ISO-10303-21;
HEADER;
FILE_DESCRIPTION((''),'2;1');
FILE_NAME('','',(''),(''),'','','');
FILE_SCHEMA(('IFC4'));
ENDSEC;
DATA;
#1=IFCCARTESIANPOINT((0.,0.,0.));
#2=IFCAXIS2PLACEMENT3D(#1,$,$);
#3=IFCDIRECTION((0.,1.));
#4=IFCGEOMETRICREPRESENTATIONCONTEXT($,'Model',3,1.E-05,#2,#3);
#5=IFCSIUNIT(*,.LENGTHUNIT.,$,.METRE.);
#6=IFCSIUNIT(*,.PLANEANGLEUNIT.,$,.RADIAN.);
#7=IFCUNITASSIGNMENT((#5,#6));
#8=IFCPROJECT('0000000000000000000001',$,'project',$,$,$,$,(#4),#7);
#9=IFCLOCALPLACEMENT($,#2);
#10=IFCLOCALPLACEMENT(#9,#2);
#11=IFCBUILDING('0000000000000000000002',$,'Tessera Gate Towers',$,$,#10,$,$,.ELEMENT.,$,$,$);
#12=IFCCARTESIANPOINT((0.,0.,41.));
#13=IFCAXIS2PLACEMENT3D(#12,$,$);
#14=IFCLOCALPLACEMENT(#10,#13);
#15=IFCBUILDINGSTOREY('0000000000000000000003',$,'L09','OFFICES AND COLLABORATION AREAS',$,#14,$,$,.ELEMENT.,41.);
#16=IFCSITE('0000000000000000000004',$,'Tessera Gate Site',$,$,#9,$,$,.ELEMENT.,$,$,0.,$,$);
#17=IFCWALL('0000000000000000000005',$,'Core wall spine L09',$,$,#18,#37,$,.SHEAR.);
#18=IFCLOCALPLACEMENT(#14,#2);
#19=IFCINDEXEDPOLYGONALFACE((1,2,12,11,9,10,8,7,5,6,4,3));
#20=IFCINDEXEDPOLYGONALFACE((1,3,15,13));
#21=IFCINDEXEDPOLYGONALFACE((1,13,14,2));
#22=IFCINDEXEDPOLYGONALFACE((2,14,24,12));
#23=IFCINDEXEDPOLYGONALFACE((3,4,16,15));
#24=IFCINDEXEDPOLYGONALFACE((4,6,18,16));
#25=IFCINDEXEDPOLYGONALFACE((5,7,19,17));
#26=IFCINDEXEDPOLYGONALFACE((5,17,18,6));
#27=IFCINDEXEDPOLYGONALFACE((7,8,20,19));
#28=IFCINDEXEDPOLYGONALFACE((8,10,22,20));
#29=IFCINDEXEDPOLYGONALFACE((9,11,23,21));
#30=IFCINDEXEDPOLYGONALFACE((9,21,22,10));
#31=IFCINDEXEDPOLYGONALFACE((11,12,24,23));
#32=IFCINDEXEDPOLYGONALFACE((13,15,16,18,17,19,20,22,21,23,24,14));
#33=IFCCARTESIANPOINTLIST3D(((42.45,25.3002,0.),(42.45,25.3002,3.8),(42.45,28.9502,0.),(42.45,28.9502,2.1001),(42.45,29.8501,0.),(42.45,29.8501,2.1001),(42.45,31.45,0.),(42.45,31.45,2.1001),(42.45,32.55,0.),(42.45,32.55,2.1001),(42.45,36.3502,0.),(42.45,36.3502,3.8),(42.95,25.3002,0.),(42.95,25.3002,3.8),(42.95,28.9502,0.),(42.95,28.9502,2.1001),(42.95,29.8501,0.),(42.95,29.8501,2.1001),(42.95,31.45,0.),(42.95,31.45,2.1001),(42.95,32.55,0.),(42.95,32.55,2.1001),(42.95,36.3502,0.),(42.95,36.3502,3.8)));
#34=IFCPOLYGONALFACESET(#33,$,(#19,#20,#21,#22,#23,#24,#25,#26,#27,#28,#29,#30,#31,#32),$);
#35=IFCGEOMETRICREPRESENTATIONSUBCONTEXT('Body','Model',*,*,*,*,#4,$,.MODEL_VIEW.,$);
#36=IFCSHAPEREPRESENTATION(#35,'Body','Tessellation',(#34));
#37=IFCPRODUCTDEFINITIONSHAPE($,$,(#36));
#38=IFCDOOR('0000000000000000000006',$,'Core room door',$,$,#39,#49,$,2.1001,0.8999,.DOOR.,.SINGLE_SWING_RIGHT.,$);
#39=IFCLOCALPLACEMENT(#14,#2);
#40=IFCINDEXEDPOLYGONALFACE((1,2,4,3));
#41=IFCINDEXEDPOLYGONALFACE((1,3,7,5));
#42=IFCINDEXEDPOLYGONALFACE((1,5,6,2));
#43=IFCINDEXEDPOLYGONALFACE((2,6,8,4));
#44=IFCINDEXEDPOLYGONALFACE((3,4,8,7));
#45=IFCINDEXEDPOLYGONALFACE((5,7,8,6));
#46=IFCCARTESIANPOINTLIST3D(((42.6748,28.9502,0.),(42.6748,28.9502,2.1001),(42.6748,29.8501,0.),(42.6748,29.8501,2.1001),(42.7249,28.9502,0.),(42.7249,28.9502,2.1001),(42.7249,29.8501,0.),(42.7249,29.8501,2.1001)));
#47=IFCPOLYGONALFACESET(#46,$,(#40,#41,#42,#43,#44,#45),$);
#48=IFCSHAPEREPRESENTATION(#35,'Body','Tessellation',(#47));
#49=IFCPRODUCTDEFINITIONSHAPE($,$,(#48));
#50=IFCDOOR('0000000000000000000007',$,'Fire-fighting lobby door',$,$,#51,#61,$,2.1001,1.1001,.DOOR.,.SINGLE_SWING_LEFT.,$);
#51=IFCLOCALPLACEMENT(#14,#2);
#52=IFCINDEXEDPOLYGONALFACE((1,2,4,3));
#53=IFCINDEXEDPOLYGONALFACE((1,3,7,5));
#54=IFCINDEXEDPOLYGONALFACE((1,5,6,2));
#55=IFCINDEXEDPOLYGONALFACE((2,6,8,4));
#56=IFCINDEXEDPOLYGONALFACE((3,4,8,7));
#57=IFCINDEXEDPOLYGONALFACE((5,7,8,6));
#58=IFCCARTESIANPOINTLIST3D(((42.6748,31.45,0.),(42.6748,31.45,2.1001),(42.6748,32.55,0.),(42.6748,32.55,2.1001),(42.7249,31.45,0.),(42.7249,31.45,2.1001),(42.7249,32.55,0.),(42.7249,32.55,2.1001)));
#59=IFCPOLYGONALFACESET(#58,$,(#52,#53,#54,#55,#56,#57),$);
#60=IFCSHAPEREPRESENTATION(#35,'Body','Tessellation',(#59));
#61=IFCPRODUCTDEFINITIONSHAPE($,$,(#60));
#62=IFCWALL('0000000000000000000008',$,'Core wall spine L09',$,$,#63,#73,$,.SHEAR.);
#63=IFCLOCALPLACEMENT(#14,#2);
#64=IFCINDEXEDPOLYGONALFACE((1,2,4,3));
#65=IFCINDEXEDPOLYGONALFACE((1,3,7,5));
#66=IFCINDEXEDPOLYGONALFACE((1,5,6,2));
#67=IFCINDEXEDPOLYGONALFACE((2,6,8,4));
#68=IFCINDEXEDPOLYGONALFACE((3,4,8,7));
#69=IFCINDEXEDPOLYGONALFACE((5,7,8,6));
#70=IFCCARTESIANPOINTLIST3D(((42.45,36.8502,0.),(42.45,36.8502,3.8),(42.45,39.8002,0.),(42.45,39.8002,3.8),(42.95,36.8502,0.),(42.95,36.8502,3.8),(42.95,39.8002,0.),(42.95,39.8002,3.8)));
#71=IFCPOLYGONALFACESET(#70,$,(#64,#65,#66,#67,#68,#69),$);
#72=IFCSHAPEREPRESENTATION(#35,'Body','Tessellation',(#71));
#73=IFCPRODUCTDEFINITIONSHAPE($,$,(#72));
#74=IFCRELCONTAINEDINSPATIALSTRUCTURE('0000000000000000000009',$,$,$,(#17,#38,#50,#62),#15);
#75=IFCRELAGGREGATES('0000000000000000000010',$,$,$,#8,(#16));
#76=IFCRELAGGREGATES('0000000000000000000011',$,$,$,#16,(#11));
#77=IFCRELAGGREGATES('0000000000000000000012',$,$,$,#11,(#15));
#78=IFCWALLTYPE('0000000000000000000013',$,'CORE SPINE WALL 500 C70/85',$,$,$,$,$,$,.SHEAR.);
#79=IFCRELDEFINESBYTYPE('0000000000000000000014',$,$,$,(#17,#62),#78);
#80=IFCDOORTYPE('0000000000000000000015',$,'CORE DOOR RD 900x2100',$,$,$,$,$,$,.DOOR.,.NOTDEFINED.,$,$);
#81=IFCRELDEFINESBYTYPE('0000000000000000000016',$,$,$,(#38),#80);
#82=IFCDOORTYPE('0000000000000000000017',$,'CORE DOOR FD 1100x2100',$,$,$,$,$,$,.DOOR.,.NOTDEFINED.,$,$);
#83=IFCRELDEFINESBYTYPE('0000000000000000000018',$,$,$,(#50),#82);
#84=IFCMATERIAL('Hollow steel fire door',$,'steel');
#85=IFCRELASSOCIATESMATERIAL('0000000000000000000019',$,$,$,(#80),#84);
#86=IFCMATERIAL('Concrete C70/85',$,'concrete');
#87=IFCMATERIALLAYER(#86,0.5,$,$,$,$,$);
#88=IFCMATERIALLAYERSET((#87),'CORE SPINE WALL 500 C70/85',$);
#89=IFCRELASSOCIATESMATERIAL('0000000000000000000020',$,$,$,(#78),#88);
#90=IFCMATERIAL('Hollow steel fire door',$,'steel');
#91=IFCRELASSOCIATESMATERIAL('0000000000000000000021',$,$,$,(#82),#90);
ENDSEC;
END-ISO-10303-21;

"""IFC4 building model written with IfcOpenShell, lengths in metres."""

from ifc_helpers import new_model, si_unit, direction, frame, frame_2d, origin, place, context, subcontext, project, spatial, rectangle, extrude, source, transform, mapped, material, layer, layer_set, type_object, element, fill, save


model = new_model("IFC4")

# Units and contexts
model_context = context("Model", 3, precision=1e-05, world=origin(), true_north=direction((0.0, 1.0)))
body_context = subcontext(model_context, "Body", "Model", "MODEL_VIEW")
ifc_project = project(units=[si_unit("LENGTHUNIT", "METRE"), si_unit("PLANEANGLEUNIT", "RADIAN")], contexts=[model_context])

# Site, building, storey
site_placement = place(None, origin())
site = spatial("IfcSite", under=ifc_project, at=site_placement, Name="Tessera Gate Site", CompositionType="ELEMENT", RefElevation=0.0)
building_placement = place(site_placement, origin())
building = spatial("IfcBuilding", under=site, at=building_placement, Name="Tessera Gate Towers", CompositionType="ELEMENT")
storey_placement = place(building_placement, frame((0.0, 0.0, 41.0)))
storey = spatial("IfcBuildingStorey", under=building, at=storey_placement, Name="L09", Description="OFFICES AND COLLABORATION AREAS", CompositionType="ELEMENT", Elevation=41.0)

# Shared definitions
shared_shape_1 = source(origin(), body_context, "Body", "SweptSolid", [
    extrude(rectangle(XDim=1.1001, YDim=2.1001, at=frame_2d((0.55, 1.05))), frame((0.0, 0.0249, 0.0), z_axis=(0.0, -1.0, 0.0), x_axis=(1.0, 0.0, 0.0)), (0.0, 0.0, 1.0), 0.05),
])

# Wall, openings, doors
ifc_material_1 = material(Name="Hollow steel fire door", Category="steel")
door_type_1 = type_object("IfcDoorType", Name="CORE DOOR RD 900x2100", OperationType="NOTDEFINED", PredefinedType="DOOR", material=ifc_material_1)
shared_shape_2 = source(origin(), body_context, "Body", "SweptSolid", [
    extrude(rectangle(XDim=0.8999, YDim=2.1001, at=frame_2d((0.45, 1.05))), frame((0.0, 0.0249, 0.0), z_axis=(0.0, -1.0, 0.0), x_axis=(1.0, 0.0, 0.0)), (0.0, 0.0, 1.0), 0.05),
])
ifc_material_2 = material(Name="Concrete C70/85", Category="concrete")
ifc_layer_1 = layer(ifc_material_2, 0.5)
ifc_layer_set_1 = layer_set([ifc_layer_1], Name="CORE SPINE WALL 500 C70/85")
wall_type_1 = type_object("IfcWallType", Name="CORE SPINE WALL 500 C70/85", PredefinedType="SHEAR", material=ifc_layer_set_1)
wall_1_placement = place(storey_placement, frame((42.7, 36.3501, 0.0), z_axis=(0.0, 0.0, 1.0), x_axis=(0.0, -1.0, 0.0)))
wall_1 = element("IfcWall", 1, at=wall_1_placement, inside=storey, type_object=wall_type_1, Name="Core wall spine L09", PredefinedType="SHEAR", context=body_context, shape_type="SweptSolid", body=[
    extrude(rectangle(XDim=11.05, YDim=0.5, at=frame_2d((5.5249, 0.0))), origin(), (0.0, 0.0, 1.0), 3.8),
])
shared_shape_3 = source(origin(), body_context, "Body", "SweptSolid", [
    extrude(rectangle(XDim=0.8999, YDim=2.1001, at=frame_2d((0.45, 1.05))), frame((0.0, 0.26, 0.0), z_axis=(0.0, -1.0, 0.0), x_axis=(1.0, 0.0, 0.0)), (0.0, 0.0, 1.0), 0.52),
])
opening_1_placement = place(wall_1_placement, frame((6.5, 0.0, 0.0)))
opening_1 = element("IfcOpeningElement", 2, at=opening_1_placement, cuts=wall_1, PredefinedType="OPENING", context=body_context, shape_type="MappedRepresentation", body=[
    mapped(shared_shape_3, transform((0.0, 0.0, 0.0), scale=1.0)),
])
shared_shape_4 = source(origin(), body_context, "Body", "SweptSolid", [
    extrude(rectangle(XDim=1.1001, YDim=2.1001, at=frame_2d((0.55, 1.05))), frame((0.0, 0.26, 0.0), z_axis=(0.0, -1.0, 0.0), x_axis=(1.0, 0.0, 0.0)), (0.0, 0.0, 1.0), 0.52),
])
opening_2_placement = place(wall_1_placement, frame((3.8, 0.0, 0.0)))
opening_2 = element("IfcOpeningElement", 3, at=opening_2_placement, cuts=wall_1, PredefinedType="OPENING", context=body_context, shape_type="MappedRepresentation", body=[
    mapped(shared_shape_4, transform((0.0, 0.0, 0.0), scale=1.0)),
])
door_1_placement = place(opening_1_placement, origin())
door_1 = element("IfcDoor", 4, at=door_1_placement, inside=storey, type_object=door_type_1, Name="Core room door", OperationType="SINGLE_SWING_RIGHT", OverallHeight=2.1001, OverallWidth=0.8999, PredefinedType="DOOR", context=body_context, shape_type="MappedRepresentation", body=[
    mapped(shared_shape_2, transform((0.0, 0.0, 0.0), scale=1.0)),
])
fill(opening_1, door_1)
ifc_material_3 = material(Name="Hollow steel fire door", Category="steel")
door_type_2 = type_object("IfcDoorType", Name="CORE DOOR FD 1100x2100", OperationType="NOTDEFINED", PredefinedType="DOOR", material=ifc_material_3)
door_2_placement = place(opening_2_placement, origin())
door_2 = element("IfcDoor", 5, at=door_2_placement, inside=storey, type_object=door_type_2, Name="Fire-fighting lobby door", OperationType="SINGLE_SWING_LEFT", OverallHeight=2.1001, OverallWidth=1.1001, PredefinedType="DOOR", context=body_context, shape_type="MappedRepresentation", body=[
    mapped(shared_shape_1, transform((0.0, 0.0, 0.0), scale=1.0)),
])
fill(opening_2, door_2)

# Wall
wall_2_placement = place(storey_placement, frame((42.7, 36.8501, 0.0), z_axis=(0.0, 0.0, 1.0), x_axis=(0.0, 1.0, 0.0)))
element("IfcWall", 6, at=wall_2_placement, inside=storey, type_object=wall_type_1, Name="Core wall spine L09", PredefinedType="SHEAR", context=body_context, shape_type="SweptSolid", body=[
    extrude(rectangle(XDim=2.95, YDim=0.5, at=frame_2d((1.4751, 0.0))), origin(), (0.0, 0.0, 1.0), 3.8),
])

save(model, "model.ifc")
